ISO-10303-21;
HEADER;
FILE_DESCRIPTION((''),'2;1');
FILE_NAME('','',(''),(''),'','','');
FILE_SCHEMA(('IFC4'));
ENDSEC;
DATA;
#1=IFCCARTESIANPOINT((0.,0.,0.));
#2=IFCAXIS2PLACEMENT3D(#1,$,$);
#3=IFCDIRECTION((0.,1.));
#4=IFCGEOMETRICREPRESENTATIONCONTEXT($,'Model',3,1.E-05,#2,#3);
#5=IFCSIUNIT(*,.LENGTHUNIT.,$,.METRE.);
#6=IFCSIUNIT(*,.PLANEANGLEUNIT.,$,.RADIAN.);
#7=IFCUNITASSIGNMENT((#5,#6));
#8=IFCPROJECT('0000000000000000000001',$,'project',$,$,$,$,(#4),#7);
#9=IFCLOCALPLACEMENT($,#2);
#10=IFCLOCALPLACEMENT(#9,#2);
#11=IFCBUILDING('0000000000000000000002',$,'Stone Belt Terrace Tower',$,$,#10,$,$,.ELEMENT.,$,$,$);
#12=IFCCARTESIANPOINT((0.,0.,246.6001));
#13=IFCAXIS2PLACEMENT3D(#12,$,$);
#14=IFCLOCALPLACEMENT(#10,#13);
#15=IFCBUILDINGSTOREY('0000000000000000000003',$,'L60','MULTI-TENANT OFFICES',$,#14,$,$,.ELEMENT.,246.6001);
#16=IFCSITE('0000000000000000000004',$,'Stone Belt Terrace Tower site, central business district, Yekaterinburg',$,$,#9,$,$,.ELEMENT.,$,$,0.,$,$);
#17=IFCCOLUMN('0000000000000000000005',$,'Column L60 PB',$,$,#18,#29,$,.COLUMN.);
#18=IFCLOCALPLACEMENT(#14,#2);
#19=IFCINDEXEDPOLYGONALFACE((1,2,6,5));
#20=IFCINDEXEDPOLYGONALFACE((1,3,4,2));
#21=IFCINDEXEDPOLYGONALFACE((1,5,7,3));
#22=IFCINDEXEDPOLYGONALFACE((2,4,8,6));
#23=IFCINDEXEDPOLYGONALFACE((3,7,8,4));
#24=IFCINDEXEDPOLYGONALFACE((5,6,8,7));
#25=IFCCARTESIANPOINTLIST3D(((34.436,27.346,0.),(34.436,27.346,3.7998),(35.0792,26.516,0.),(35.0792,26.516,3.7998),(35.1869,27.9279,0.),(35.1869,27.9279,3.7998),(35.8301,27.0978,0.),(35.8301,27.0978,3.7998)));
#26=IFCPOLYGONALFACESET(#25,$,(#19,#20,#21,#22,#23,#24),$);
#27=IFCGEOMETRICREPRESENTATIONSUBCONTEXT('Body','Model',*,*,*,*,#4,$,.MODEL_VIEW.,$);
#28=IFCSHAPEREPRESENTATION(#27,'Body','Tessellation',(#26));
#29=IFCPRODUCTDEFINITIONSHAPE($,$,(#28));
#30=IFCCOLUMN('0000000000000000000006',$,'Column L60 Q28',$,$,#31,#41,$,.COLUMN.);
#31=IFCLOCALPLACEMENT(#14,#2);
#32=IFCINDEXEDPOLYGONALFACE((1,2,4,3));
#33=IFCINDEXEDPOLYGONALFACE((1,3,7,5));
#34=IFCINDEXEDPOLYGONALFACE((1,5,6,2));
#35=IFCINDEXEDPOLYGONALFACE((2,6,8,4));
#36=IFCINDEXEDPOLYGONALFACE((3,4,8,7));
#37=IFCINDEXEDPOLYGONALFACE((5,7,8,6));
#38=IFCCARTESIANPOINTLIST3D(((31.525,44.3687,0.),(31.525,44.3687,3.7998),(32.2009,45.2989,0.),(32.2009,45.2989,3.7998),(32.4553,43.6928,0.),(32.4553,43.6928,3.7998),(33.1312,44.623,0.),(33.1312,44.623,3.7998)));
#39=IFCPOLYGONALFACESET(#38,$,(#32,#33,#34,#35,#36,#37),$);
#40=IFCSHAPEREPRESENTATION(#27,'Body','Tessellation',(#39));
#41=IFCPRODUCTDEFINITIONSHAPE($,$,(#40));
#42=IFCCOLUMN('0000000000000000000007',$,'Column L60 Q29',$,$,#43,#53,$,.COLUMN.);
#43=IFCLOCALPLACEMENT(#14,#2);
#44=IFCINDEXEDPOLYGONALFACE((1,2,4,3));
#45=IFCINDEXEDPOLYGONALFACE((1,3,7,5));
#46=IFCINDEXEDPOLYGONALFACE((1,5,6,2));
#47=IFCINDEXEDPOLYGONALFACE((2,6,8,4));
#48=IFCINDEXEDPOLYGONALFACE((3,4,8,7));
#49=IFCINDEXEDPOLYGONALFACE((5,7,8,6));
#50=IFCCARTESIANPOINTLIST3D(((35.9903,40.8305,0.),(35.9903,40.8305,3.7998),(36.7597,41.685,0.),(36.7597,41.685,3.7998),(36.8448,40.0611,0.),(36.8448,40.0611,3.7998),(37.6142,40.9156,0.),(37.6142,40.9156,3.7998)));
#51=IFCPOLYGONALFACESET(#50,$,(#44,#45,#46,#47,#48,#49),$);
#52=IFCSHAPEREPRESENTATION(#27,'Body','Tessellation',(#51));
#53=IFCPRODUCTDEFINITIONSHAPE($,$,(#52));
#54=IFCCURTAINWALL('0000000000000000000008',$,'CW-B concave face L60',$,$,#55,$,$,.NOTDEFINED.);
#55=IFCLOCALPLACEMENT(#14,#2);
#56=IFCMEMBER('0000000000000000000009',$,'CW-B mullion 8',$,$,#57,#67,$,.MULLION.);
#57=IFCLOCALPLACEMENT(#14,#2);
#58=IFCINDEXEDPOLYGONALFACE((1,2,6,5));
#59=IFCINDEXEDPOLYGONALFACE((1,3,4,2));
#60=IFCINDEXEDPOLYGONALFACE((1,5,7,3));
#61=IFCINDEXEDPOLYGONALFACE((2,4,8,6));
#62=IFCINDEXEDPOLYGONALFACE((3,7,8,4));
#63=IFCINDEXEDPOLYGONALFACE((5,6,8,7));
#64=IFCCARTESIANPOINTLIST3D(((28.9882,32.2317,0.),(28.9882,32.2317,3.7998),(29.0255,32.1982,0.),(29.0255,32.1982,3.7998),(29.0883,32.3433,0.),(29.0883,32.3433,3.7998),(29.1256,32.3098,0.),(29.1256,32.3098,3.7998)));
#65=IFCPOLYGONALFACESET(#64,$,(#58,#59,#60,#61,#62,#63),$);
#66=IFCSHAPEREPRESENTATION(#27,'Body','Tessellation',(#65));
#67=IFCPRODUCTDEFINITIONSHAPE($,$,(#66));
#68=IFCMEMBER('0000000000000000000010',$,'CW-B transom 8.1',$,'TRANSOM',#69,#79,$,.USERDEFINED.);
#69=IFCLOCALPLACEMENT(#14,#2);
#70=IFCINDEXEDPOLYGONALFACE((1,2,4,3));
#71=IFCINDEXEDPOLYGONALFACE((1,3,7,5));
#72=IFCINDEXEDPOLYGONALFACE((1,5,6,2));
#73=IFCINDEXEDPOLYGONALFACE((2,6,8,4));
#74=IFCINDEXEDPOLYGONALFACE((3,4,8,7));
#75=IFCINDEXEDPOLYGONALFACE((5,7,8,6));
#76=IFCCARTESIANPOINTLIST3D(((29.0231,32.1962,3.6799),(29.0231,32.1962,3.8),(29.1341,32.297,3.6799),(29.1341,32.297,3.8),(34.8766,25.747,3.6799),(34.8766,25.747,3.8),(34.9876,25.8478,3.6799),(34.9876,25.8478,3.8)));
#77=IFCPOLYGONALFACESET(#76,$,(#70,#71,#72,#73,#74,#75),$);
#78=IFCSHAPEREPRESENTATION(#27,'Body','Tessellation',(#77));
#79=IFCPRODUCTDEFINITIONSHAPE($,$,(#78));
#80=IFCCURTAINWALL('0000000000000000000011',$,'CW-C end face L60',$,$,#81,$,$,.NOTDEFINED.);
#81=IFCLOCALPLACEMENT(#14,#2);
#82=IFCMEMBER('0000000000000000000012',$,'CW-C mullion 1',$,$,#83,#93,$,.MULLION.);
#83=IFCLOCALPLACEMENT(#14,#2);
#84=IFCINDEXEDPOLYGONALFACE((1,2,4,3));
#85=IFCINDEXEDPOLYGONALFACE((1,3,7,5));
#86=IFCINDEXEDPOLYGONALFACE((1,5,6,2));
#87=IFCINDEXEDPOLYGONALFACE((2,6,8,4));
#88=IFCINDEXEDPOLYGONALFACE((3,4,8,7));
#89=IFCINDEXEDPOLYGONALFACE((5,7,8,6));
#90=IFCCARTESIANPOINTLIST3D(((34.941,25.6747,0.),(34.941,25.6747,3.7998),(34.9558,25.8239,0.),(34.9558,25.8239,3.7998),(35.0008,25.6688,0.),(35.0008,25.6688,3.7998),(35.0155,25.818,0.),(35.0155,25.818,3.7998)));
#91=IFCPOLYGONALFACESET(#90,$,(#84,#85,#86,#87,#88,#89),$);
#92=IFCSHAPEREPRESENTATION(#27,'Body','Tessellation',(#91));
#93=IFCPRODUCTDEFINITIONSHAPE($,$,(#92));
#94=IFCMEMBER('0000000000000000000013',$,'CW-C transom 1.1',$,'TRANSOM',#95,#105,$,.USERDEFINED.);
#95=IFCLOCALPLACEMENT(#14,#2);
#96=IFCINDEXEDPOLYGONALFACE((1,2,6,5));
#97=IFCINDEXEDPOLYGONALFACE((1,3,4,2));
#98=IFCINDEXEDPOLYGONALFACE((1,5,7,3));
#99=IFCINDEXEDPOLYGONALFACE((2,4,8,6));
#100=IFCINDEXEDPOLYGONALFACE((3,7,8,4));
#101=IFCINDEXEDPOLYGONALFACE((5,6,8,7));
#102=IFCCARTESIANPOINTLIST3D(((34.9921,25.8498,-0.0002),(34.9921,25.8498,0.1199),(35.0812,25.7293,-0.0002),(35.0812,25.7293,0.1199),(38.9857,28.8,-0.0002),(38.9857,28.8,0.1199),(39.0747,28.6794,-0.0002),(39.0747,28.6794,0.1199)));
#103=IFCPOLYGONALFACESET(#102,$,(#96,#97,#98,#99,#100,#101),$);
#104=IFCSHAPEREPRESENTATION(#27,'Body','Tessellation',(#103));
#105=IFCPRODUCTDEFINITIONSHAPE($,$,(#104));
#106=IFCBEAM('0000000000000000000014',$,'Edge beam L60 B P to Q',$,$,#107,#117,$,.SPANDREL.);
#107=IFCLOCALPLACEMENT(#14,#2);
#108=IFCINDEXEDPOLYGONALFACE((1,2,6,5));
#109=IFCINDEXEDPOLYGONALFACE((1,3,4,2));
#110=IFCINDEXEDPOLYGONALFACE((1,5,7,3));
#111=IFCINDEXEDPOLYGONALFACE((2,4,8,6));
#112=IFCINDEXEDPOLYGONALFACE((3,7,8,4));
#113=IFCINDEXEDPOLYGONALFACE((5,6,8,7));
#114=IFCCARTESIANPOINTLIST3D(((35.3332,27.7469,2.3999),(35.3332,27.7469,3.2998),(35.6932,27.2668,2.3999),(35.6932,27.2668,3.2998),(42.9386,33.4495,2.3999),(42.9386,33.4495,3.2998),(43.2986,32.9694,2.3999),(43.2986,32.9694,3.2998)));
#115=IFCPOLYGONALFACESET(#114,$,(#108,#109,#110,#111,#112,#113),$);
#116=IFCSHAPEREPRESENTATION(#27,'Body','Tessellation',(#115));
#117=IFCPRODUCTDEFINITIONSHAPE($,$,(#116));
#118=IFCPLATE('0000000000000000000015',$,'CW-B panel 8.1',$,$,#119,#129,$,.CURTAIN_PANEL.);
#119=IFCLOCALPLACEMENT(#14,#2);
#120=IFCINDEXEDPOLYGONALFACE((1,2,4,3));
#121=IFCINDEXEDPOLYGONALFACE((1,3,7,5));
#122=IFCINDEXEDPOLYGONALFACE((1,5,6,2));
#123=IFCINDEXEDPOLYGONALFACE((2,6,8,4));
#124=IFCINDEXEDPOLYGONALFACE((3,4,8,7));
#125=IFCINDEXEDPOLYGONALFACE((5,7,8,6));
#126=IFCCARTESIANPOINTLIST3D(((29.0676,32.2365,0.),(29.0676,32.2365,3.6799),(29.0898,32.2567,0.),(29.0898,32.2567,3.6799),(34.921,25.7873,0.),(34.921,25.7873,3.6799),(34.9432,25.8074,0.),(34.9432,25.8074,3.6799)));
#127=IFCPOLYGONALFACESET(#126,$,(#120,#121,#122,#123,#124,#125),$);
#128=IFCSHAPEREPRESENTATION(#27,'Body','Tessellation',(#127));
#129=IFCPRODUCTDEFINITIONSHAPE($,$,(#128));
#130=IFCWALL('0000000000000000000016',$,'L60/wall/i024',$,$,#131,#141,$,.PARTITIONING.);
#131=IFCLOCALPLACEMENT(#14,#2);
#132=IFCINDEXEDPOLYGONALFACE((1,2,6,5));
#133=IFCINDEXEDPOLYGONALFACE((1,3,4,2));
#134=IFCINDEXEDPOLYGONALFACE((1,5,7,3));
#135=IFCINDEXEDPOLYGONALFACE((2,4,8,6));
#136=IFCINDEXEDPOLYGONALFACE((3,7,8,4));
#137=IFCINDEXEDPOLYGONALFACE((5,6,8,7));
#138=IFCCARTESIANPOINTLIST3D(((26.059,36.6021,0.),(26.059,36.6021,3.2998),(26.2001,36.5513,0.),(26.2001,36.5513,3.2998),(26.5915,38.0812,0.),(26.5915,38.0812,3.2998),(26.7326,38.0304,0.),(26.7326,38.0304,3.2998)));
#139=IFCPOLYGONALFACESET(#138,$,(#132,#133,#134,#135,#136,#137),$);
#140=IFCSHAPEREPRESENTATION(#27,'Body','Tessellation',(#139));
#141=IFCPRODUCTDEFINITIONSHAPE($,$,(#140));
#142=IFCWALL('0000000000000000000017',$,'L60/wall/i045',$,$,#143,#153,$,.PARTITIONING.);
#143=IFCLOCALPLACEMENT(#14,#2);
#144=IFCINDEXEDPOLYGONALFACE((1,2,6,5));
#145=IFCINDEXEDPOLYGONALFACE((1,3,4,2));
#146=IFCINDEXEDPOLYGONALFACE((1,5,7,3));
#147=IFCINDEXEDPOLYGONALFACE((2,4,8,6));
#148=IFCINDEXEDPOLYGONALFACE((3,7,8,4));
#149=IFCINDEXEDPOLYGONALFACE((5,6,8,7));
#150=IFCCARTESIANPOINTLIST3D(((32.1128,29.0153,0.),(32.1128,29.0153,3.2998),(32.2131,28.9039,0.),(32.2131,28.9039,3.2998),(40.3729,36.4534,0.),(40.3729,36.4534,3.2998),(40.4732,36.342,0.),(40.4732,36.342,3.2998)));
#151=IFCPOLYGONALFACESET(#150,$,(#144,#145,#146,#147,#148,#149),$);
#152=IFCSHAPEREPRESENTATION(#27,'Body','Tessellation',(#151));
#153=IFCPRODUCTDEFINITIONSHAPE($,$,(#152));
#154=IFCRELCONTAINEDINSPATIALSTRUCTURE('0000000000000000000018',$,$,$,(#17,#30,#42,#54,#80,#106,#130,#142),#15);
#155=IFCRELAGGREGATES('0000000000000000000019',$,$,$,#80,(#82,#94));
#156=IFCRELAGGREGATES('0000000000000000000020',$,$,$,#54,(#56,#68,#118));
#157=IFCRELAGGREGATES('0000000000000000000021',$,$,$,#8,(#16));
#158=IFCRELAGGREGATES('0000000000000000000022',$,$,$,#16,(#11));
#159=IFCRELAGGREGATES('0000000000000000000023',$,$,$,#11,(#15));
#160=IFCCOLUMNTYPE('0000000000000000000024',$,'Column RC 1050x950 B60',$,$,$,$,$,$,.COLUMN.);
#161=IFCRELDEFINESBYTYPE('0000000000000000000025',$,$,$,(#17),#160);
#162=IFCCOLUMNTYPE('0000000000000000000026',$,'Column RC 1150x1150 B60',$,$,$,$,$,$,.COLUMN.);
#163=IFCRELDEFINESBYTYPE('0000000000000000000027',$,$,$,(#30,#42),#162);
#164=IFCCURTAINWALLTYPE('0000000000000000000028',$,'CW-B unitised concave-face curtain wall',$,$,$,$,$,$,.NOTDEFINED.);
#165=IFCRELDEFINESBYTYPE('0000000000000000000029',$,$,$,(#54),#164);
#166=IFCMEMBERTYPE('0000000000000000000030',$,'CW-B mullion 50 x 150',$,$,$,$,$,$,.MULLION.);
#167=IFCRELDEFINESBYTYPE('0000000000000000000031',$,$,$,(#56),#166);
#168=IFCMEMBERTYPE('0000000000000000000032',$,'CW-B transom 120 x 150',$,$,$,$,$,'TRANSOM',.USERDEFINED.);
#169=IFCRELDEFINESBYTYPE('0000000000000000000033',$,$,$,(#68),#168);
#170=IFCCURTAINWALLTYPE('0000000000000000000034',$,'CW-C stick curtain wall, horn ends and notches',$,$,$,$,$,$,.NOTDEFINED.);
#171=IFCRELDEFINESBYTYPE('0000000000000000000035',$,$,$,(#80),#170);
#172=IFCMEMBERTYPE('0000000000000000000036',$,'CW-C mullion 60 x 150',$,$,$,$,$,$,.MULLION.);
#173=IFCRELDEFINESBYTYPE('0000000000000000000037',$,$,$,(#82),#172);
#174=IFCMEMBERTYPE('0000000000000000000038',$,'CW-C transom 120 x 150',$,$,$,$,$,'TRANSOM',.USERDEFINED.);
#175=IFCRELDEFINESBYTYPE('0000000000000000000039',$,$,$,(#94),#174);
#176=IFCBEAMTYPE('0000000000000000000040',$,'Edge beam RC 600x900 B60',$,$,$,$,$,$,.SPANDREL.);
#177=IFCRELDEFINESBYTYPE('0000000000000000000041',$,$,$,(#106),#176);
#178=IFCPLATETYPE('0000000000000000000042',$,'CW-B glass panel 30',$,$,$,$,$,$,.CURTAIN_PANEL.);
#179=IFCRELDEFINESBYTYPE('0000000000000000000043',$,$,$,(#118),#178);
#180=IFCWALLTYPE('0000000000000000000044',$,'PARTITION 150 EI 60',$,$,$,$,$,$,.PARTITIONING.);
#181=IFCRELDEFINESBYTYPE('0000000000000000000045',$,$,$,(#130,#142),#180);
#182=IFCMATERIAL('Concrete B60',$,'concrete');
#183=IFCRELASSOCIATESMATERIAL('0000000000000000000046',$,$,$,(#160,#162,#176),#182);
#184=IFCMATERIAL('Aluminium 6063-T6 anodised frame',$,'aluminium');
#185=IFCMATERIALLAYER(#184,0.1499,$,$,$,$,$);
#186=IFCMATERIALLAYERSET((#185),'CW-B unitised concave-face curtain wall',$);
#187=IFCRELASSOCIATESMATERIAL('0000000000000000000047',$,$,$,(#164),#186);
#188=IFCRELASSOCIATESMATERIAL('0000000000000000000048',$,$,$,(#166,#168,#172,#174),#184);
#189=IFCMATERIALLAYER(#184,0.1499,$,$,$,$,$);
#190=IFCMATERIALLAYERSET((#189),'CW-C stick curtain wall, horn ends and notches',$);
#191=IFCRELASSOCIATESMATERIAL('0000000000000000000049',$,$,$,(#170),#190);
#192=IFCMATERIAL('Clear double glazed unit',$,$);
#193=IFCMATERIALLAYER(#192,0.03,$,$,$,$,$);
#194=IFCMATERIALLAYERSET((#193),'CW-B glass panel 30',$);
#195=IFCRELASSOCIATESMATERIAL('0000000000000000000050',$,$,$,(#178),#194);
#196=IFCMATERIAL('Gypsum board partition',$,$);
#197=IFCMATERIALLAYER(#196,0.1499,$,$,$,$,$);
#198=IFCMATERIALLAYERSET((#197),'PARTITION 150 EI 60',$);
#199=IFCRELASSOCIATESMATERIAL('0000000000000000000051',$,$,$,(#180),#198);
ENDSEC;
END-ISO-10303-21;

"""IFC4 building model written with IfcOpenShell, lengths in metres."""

from ifc_helpers import new_model, si_unit, direction, frame, frame_2d, origin, origin_2d, place, context, subcontext, project, spatial, rectangle, extrude, material, layer, layer_set, material_profile, profile_set, type_object, element, aggregate, save


model = new_model("IFC4")

# Units and contexts
model_context = context("Model", 3, precision=1e-05, world=origin(), true_north=direction((0.0, 1.0)))
body_context = subcontext(model_context, "Body", "Model", "MODEL_VIEW")
ifc_project = project(units=[si_unit("LENGTHUNIT", "METRE"), si_unit("PLANEANGLEUNIT", "RADIAN")], contexts=[model_context])

# Site, building, storey
site_placement = place(None, origin())
site = spatial("IfcSite", under=ifc_project, at=site_placement, Name="Stone Belt Terrace Tower site, central business district, Yekaterinburg", CompositionType="ELEMENT", RefElevation=0.0)
building_placement = place(site_placement, origin())
building = spatial("IfcBuilding", under=site, at=building_placement, Name="Stone Belt Terrace Tower", CompositionType="ELEMENT")
storey_placement = place(building_placement, frame((0.0, 0.0, 246.6001)))
storey = spatial("IfcBuildingStorey", under=building, at=storey_placement, Name="L60", Description="MULTI-TENANT OFFICES", CompositionType="ELEMENT", Elevation=246.6001)

# Columns
ifc_material_1 = material(Name="Concrete B60", Category="concrete")
ifc_material_profile_1 = material_profile(ifc_material_1, rectangle(XDim=1.05, YDim=0.95, at=origin_2d()), Name="RC 1050x950")
ifc_profile_set_1 = profile_set([ifc_material_profile_1], Name="Concrete B60")
column_type_1 = type_object("IfcColumnType", Name="Column RC 1050x950 B60", PredefinedType="COLUMN", material=ifc_profile_set_1)
column_placement = place(storey_placement, frame((35.1331, 27.2219, 0.0), z_axis=(0.0, 0.0, 1.0), x_axis=(0.612485, -0.790482, 0.0)))
element("IfcColumn", 1, at=column_placement, inside=storey, type_object=column_type_1, Name="Column L60 PB", PredefinedType="COLUMN", context=body_context, shape_type="SweptSolid", body=[
    extrude(rectangle(XDim=1.05, YDim=0.95, at=origin_2d()), origin(), (0.0, 0.0, 1.0), 3.7998),
])
ifc_material_profile_2 = material_profile(ifc_material_1, rectangle(XDim=1.1499, YDim=1.1499, at=origin_2d()), Name="RC 1150x1150")
ifc_profile_set_2 = profile_set([ifc_material_profile_2], Name="Concrete B60")
column_type_2 = type_object("IfcColumnType", Name="Column RC 1150x1150 B60", PredefinedType="COLUMN", material=ifc_profile_set_2)
for number, where, z_axis, x_axis, name in (
    (2, (32.3281, 44.4958, 0.0), (0.0, 0.0, 1.0), (0.809017, -0.587785, 0.0), "Column L60 Q28"),
    (3, (36.8022, 40.873, 0.0), (0.0, 0.0, 1.0), (0.743145, -0.669131, 0.0), "Column L60 Q29"),
):
    element("IfcColumn", number, at=place(storey_placement, frame(where, z_axis=z_axis, x_axis=x_axis)), inside=storey, type_object=column_type_2, Name=name, PredefinedType="COLUMN", context=body_context, shape_type="SweptSolid", body=[
        extrude(rectangle(XDim=1.1499, YDim=1.1499, at=origin_2d()), origin(), (0.0, 0.0, 1.0), 3.7998),
    ])

# Curtain walls, members
ifc_material_2 = material(Name="Aluminium 6063-T6 anodised frame", Category="aluminium")
ifc_layer_1 = layer(ifc_material_2, 0.1499)
ifc_layer_set_1 = layer_set([ifc_layer_1], Name="CW-B unitised concave-face curtain wall")
curtain_wall_type_1 = type_object("IfcCurtainWallType", Name="CW-B unitised concave-face curtain wall", PredefinedType="NOTDEFINED", material=ifc_layer_set_1)
curtain_wall_1_placement = place(storey_placement, origin())
curtain_wall_1 = element("IfcCurtainWall", 4, at=curtain_wall_1_placement, inside=storey, type_object=curtain_wall_type_1, Name="CW-B concave face L60", PredefinedType="NOTDEFINED")
ifc_material_profile_3 = material_profile(ifc_material_2, rectangle(XDim=0.1499, YDim=0.05, at=origin_2d()), Name="Aluminium 6063-T6 50x150")
ifc_profile_set_3 = profile_set([ifc_material_profile_3], Name="Aluminium 6063-T6 anodised frame")
member_type_1 = type_object("IfcMemberType", Name="CW-B mullion 50 x 150", PredefinedType="MULLION", material=ifc_profile_set_3)
member_1_placement = place(storey_placement, frame((29.0569, 32.2708, 0.0), z_axis=(0.0, 0.0, 1.0), x_axis=(0.667656, 0.74447, 0.0)))
member_1 = element("IfcMember", 5, at=member_1_placement, type_object=member_type_1, Name="CW-B mullion 8", PredefinedType="MULLION", context=body_context, shape_type="SweptSolid", body=[
    extrude(rectangle(XDim=0.1499, YDim=0.05, at=origin_2d()), origin(), (0.0, 0.0, 1.0), 3.7998),
])
ifc_material_profile_4 = material_profile(ifc_material_2, rectangle(XDim=0.1499, YDim=0.1201, at=origin_2d()), Name="Aluminium 6063-T6 150x120")
ifc_profile_set_4 = profile_set([ifc_material_profile_4], Name="Aluminium 6063-T6 anodised frame")
member_type_2 = type_object("IfcMemberType", Name="CW-B transom 120 x 150", ElementType="TRANSOM", PredefinedType="USERDEFINED", material=ifc_profile_set_4)
member_2_placement = place(storey_placement, frame((29.0786, 32.2466, 3.74), z_axis=(0.672081, -0.740478, 0.0), x_axis=(0.740478, 0.672081, 0.0)))
member_2 = element("IfcMember", 6, at=member_2_placement, type_object=member_type_2, Name="CW-B transom 8.1", ObjectType="TRANSOM", PredefinedType="USERDEFINED", context=body_context, shape_type="SweptSolid", body=[
    extrude(rectangle(XDim=0.1499, YDim=0.1201, at=origin_2d()), origin(), (0.0, 0.0, 1.0), 8.7095),
])
ifc_layer_2 = layer(ifc_material_2, 0.1499)
ifc_layer_set_2 = layer_set([ifc_layer_2], Name="CW-C stick curtain wall, horn ends and notches")
curtain_wall_type_2 = type_object("IfcCurtainWallType", Name="CW-C stick curtain wall, horn ends and notches", PredefinedType="NOTDEFINED", material=ifc_layer_set_2)
curtain_wall_2_placement = place(storey_placement, origin())
curtain_wall_2 = element("IfcCurtainWall", 7, at=curtain_wall_2_placement, inside=storey, type_object=curtain_wall_type_2, Name="CW-C end face L60", PredefinedType="NOTDEFINED")
ifc_material_profile_5 = material_profile(ifc_material_2, rectangle(XDim=0.1499, YDim=0.0601, at=origin_2d()), Name="Aluminium 6063-T6 60x150")
ifc_profile_set_5 = profile_set([ifc_material_profile_5], Name="Aluminium 6063-T6 anodised frame")
member_type_3 = type_object("IfcMemberType", Name="CW-C mullion 60 x 150", PredefinedType="MULLION", material=ifc_profile_set_5)
member_3_placement = place(storey_placement, frame((34.9783, 25.7463, 0.0), z_axis=(0.0, 0.0, 1.0), x_axis=(0.09861, 0.995126, 0.0)))
member_3 = element("IfcMember", 8, at=member_3_placement, type_object=member_type_3, Name="CW-C mullion 1", PredefinedType="MULLION", context=body_context, shape_type="SweptSolid", body=[
    extrude(rectangle(XDim=0.1499, YDim=0.0601, at=origin_2d()), origin(), (0.0, 0.0, 1.0), 3.7998),
])
ifc_material_profile_6 = material_profile(ifc_material_2, rectangle(XDim=0.1499, YDim=0.1201, at=origin_2d()), Name="Aluminium 6063-T6 150x120")
ifc_profile_set_6 = profile_set([ifc_material_profile_6], Name="Aluminium 6063-T6 anodised frame")
member_type_4 = type_object("IfcMemberType", Name="CW-C transom 120 x 150", ElementType="TRANSOM", PredefinedType="USERDEFINED", material=ifc_profile_set_6)
member_4_placement = place(storey_placement, frame((35.0366, 25.7896, 0.0598), z_axis=(0.804333, 0.594178, 0.0), x_axis=(-0.594178, 0.804333, 0.0)))
member_4 = element("IfcMember", 9, at=member_4_placement, type_object=member_type_4, Name="CW-C transom 1.1", ObjectType="TRANSOM", PredefinedType="USERDEFINED", context=body_context, shape_type="SweptSolid", body=[
    extrude(rectangle(XDim=0.1499, YDim=0.1201, at=origin_2d()), origin(), (0.0, 0.0, 1.0), 4.9651),
])
aggregate(curtain_wall_2, [member_3, member_4])

# Beam
ifc_material_profile_7 = material_profile(ifc_material_1, rectangle(XDim=0.6001, YDim=0.8999, at=origin_2d()), Name="RC 600x900")
ifc_profile_set_7 = profile_set([ifc_material_profile_7], Name="Concrete B60")
beam_type = type_object("IfcBeamType", Name="Edge beam RC 600x900 B60", PredefinedType="SPANDREL", material=ifc_profile_set_7)
beam_placement = place(storey_placement, frame((35.5132, 27.5068, 2.8499), z_axis=(0.800074, 0.599901, 0.0), x_axis=(-0.599901, 0.800074, 0.0)))
element("IfcBeam", 10, at=beam_placement, inside=storey, type_object=beam_type, Name="Edge beam L60 B P to Q", PredefinedType="SPANDREL", context=body_context, shape_type="SweptSolid", body=[
    extrude(rectangle(XDim=0.6001, YDim=0.8999, at=origin_2d()), origin(), (0.0, 0.0, 1.0), 9.5059),
])

# Plate
ifc_material_3 = material(Name="Clear double glazed unit")
ifc_layer_3 = layer(ifc_material_3, 0.03)
ifc_layer_set_3 = layer_set([ifc_layer_3], Name="CW-B glass panel 30")
plate_type = type_object("IfcPlateType", Name="CW-B glass panel 30", PredefinedType="CURTAIN_PANEL", material=ifc_layer_set_3)
plate_placement = place(storey_placement, frame((32.0054, 29.022, 0.0), z_axis=(0.0, 0.0, 1.0), x_axis=(0.672073, -0.740485, 0.0)))
plate = element("IfcPlate", 11, at=plate_placement, type_object=plate_type, Name="CW-B panel 8.1", PredefinedType="CURTAIN_PANEL", context=body_context, shape_type="SweptSolid", body=[
    extrude(rectangle(XDim=8.7095, YDim=0.03, at=origin_2d()), origin(), (0.0, 0.0, 1.0), 3.6799),
])
aggregate(curtain_wall_1, [member_1, member_2, plate])

# Walls
ifc_material_4 = material(Name="Gypsum board partition")
ifc_layer_4 = layer(ifc_material_4, 0.1499)
ifc_layer_set_4 = layer_set([ifc_layer_4], Name="PARTITION 150 EI 60")
wall_type_1 = type_object("IfcWallType", Name="PARTITION 150 EI 60", PredefinedType="PARTITIONING", material=ifc_layer_set_4)
wall_1_placement = place(storey_placement, frame((26.6621, 38.0559, 0.0), z_axis=(0.0, 0.0, 1.0), x_axis=(-0.338736, -0.940881, 0.0)))
element("IfcWall", 12, at=wall_1_placement, inside=storey, type_object=wall_type_1, Name="L60/wall/i024", PredefinedType="PARTITIONING", context=body_context, shape_type="SweptSolid", body=[
    extrude(rectangle(XDim=1.572, YDim=0.1499, at=frame_2d((0.7861, 0.0))), origin(), (0.0, 0.0, 1.0), 3.2998),
])
wall_2_placement = place(storey_placement, frame((32.1631, 28.9597, 0.0), z_axis=(0.0, 0.0, 1.0), x_axis=(0.743116, 0.669163, 0.0)))
element("IfcWall", 13, at=wall_2_placement, inside=storey, type_object=wall_type_1, Name="L60/wall/i045", PredefinedType="PARTITIONING", context=body_context, shape_type="SweptSolid", body=[
    extrude(rectangle(XDim=11.1155, YDim=0.1499, at=frame_2d((5.5576, 0.0))), origin(), (0.0, 0.0, 1.0), 3.2998),
])

save(model, "model.ifc")
